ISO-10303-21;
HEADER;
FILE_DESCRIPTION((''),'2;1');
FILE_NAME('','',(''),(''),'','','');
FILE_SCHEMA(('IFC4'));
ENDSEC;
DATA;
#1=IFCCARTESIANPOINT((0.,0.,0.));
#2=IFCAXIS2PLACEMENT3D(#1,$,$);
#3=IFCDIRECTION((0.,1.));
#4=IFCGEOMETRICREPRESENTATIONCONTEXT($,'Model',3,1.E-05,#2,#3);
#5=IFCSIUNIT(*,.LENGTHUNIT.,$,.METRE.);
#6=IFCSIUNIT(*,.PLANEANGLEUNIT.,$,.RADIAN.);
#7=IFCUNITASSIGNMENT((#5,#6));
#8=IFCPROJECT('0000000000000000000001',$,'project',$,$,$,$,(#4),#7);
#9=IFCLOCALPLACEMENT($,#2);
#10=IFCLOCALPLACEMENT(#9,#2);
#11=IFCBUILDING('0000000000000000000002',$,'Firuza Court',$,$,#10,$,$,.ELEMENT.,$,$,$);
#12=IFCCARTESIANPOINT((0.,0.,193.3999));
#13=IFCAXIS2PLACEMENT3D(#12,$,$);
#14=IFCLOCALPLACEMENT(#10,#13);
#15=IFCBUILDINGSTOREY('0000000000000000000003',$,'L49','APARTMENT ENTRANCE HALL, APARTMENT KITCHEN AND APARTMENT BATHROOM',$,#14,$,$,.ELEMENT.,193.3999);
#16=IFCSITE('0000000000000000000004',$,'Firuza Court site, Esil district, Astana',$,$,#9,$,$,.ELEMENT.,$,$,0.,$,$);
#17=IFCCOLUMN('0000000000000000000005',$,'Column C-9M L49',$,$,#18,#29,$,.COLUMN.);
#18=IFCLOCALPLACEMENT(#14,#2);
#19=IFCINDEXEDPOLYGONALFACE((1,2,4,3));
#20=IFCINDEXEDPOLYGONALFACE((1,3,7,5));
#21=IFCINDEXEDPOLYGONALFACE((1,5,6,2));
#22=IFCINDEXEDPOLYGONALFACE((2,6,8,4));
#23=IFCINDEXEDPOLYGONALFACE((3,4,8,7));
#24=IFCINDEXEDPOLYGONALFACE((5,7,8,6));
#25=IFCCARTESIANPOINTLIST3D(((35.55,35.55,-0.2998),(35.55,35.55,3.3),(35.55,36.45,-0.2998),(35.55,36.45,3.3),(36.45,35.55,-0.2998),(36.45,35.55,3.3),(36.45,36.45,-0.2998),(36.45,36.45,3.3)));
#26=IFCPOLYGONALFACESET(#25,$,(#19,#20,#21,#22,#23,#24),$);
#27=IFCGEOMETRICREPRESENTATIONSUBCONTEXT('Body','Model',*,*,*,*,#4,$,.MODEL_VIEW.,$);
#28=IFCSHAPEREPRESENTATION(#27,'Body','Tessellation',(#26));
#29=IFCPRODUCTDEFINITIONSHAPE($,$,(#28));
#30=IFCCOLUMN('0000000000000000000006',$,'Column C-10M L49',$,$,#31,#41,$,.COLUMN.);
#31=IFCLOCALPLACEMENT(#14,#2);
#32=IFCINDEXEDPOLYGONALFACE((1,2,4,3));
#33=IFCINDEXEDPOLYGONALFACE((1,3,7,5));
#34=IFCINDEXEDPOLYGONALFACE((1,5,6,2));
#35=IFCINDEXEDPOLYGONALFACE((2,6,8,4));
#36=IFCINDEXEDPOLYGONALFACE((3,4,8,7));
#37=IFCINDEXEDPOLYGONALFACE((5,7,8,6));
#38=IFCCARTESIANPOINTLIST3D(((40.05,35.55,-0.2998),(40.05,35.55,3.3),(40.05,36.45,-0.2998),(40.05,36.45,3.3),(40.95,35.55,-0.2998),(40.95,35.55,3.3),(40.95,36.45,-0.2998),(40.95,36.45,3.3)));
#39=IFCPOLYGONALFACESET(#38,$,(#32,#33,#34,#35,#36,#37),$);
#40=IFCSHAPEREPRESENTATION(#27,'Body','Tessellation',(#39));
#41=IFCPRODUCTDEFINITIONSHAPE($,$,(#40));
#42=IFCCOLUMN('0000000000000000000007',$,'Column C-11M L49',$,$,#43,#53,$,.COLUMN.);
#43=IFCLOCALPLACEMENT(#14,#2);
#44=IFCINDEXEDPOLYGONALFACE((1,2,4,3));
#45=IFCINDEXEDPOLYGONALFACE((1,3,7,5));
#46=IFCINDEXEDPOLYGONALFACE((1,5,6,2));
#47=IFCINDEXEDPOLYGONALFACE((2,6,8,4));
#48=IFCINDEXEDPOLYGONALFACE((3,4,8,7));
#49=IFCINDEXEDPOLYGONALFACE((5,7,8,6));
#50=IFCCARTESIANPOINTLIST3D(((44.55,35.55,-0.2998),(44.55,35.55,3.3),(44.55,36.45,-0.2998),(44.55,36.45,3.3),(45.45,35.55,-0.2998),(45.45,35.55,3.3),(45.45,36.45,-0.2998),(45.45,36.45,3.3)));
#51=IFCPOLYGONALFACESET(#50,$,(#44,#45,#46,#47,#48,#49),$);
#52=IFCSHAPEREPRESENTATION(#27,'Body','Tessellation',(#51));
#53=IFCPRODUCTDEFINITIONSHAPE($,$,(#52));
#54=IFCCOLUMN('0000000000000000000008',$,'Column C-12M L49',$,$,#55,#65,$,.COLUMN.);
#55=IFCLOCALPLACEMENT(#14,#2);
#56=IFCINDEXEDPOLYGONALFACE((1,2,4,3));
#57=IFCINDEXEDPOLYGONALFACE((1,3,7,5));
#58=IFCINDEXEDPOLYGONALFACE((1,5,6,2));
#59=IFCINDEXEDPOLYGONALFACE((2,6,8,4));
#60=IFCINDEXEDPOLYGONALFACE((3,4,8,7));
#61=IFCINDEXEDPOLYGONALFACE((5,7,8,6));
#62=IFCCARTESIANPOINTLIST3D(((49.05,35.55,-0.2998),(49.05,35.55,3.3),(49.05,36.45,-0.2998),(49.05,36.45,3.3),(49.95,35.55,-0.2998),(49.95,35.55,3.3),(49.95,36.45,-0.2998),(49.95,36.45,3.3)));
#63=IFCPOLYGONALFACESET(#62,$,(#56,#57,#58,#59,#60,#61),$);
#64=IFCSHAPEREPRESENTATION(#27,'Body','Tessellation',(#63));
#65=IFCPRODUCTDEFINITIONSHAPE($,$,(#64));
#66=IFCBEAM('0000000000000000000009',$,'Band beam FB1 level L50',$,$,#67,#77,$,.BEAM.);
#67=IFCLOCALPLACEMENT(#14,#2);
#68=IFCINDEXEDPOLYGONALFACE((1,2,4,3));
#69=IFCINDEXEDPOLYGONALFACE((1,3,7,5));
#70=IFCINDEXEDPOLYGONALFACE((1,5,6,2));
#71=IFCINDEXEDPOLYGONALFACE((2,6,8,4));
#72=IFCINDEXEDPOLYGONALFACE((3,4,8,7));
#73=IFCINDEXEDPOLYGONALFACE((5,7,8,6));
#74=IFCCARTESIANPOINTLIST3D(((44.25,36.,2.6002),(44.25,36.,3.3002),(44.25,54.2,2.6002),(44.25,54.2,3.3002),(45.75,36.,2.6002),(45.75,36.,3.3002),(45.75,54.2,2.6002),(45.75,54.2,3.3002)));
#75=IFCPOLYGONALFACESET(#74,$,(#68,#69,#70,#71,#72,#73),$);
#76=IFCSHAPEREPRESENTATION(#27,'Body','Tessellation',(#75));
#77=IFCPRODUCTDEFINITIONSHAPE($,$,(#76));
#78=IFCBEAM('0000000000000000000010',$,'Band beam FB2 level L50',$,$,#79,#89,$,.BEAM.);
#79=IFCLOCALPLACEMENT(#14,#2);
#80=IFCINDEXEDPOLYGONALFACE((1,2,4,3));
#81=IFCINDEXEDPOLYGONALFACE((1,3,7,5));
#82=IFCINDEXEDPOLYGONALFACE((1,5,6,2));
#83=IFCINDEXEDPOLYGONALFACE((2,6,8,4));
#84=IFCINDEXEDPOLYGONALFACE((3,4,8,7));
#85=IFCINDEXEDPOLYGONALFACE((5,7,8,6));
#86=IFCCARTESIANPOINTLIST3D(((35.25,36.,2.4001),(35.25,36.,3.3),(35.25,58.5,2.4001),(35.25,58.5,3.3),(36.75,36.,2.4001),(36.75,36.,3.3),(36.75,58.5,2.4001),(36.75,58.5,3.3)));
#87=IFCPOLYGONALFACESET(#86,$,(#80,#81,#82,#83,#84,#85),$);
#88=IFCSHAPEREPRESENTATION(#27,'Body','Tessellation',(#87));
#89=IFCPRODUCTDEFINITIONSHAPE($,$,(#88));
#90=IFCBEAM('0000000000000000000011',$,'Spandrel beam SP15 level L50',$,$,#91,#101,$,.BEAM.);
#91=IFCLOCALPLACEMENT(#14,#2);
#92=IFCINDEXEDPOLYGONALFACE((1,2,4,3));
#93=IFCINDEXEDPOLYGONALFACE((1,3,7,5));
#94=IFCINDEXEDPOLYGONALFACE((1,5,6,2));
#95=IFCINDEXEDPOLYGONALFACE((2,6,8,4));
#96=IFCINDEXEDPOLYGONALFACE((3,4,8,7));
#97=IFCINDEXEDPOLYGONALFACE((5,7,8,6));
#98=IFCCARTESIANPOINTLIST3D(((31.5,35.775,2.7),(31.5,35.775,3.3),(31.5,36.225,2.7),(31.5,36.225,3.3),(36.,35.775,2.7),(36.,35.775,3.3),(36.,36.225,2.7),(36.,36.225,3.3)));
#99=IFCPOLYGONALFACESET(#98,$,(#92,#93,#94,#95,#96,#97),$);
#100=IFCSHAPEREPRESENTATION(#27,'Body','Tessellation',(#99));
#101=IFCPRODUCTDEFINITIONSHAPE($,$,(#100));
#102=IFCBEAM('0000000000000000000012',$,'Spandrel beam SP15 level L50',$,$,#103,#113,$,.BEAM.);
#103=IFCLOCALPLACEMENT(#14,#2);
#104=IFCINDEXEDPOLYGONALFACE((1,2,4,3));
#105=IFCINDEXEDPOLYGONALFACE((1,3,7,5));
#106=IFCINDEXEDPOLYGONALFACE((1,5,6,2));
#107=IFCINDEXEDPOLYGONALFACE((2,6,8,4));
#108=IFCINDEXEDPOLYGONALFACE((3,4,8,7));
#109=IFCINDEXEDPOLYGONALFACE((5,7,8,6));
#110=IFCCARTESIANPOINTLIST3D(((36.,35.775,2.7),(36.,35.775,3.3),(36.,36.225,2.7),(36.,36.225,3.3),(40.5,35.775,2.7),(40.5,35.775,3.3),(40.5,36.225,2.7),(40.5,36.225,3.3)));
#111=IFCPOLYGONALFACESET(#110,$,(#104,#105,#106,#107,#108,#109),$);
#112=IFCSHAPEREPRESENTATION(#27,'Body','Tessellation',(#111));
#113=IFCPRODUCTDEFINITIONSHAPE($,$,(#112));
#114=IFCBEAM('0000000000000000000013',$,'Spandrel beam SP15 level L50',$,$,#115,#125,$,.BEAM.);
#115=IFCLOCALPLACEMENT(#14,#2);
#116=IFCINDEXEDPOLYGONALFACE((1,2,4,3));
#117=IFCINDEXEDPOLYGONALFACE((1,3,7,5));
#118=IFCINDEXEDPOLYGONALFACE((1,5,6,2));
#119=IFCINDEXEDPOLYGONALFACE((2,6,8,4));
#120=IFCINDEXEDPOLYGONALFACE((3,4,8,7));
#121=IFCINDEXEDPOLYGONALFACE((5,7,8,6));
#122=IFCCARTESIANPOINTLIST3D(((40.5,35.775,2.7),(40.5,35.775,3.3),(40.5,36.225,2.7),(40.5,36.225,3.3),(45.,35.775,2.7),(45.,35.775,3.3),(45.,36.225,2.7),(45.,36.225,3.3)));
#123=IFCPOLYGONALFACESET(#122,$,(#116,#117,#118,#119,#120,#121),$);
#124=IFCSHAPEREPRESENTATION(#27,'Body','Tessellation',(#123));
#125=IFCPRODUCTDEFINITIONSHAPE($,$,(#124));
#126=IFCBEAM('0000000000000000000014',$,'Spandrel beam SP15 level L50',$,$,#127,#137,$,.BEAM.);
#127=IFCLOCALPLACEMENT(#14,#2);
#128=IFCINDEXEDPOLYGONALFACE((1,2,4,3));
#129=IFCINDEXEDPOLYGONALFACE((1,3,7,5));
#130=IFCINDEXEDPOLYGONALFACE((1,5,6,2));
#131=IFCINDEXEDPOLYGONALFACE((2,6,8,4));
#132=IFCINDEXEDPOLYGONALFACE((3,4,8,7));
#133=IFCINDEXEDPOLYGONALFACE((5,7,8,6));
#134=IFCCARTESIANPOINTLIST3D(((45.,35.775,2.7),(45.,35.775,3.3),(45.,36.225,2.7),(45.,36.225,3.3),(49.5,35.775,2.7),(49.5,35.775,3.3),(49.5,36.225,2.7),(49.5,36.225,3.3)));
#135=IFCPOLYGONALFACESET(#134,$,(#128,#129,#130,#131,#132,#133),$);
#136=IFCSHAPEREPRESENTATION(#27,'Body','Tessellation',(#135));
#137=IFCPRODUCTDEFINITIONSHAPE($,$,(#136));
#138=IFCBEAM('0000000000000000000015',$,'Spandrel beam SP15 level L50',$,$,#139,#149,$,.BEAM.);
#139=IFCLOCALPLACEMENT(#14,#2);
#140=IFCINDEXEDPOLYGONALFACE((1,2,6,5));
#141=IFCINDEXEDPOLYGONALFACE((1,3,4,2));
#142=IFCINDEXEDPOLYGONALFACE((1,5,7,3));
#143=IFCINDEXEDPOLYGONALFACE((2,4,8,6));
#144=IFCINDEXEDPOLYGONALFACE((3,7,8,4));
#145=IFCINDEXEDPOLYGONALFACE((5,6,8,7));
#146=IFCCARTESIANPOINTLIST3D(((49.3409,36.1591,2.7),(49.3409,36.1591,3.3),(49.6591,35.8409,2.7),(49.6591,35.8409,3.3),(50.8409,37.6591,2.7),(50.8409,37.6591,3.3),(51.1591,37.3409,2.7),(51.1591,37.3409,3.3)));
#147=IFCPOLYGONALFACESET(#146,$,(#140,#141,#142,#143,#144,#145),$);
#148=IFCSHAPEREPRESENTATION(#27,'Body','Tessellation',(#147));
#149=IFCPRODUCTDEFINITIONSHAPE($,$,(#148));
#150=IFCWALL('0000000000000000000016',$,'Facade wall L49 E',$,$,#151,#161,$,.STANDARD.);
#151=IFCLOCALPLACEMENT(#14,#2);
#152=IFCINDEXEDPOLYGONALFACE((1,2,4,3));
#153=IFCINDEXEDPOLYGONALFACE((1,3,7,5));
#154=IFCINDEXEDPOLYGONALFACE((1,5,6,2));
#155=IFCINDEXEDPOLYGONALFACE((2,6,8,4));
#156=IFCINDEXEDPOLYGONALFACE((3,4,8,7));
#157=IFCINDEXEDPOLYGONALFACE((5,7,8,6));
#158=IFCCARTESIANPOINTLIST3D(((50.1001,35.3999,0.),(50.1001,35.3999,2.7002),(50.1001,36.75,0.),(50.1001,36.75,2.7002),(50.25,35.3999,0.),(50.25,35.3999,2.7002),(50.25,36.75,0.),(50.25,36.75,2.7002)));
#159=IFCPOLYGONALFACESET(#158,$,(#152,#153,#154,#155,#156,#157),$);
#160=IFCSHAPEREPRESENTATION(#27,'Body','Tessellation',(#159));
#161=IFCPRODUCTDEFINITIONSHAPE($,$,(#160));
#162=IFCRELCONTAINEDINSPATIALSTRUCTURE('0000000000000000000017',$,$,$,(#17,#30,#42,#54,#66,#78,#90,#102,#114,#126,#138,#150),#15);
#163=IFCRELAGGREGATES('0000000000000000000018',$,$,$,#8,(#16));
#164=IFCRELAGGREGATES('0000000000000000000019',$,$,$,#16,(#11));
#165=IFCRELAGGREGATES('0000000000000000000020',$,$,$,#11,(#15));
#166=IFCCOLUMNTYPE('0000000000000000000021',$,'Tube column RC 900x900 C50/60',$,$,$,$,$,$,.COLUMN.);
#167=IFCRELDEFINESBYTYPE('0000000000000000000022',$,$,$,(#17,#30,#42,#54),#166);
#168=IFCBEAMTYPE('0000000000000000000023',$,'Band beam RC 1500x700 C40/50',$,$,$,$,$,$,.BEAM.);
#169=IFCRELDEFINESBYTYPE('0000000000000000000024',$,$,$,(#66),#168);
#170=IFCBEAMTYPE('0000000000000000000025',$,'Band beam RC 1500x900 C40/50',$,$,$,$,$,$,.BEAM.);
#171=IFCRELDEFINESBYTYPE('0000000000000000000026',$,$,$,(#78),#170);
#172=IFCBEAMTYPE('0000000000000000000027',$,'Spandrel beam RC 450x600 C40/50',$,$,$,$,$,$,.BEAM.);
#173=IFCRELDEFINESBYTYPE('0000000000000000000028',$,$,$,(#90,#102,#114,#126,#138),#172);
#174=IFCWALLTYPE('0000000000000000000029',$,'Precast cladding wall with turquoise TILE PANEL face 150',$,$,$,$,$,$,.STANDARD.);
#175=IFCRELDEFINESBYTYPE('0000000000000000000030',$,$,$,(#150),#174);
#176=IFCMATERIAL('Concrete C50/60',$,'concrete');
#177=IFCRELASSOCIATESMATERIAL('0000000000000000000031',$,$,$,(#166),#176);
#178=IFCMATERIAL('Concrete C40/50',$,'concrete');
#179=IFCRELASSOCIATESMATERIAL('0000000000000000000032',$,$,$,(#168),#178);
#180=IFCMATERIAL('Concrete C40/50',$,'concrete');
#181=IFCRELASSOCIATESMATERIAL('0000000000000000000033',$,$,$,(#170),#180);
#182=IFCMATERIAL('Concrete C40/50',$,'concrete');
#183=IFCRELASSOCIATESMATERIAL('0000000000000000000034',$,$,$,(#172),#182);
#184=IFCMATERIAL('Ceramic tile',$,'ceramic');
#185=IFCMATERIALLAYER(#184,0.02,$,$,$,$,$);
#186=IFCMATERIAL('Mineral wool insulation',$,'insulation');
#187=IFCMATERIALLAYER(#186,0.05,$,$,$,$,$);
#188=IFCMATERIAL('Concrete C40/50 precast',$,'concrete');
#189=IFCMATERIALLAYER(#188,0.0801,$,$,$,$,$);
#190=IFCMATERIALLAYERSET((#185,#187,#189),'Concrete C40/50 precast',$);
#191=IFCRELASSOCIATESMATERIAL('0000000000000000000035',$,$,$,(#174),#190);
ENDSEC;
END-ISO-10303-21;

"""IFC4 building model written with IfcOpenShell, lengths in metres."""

from ifc_helpers import new_model, si_unit, direction, frame, frame_2d, origin, origin_2d, place, context, subcontext, project, spatial, rectangle, extrude, material, layer, layer_set, material_profile, profile_set, type_object, element, save


model = new_model("IFC4")

# Units and contexts
model_context = context("Model", 3, precision=1e-05, world=origin(), true_north=direction((0.0, 1.0)))
body_context = subcontext(model_context, "Body", "Model", "MODEL_VIEW")
ifc_project = project(units=[si_unit("LENGTHUNIT", "METRE"), si_unit("PLANEANGLEUNIT", "RADIAN")], contexts=[model_context])

# Site, building, storey
site_placement = place(None, origin())
site = spatial("IfcSite", under=ifc_project, at=site_placement, Name="Firuza Court site, Esil district, Astana", CompositionType="ELEMENT", RefElevation=0.0)
building_placement = place(site_placement, origin())
building = spatial("IfcBuilding", under=site, at=building_placement, Name="Firuza Court", CompositionType="ELEMENT")
storey_placement = place(building_placement, frame((0.0, 0.0, 193.3999)))
storey = spatial("IfcBuildingStorey", under=building, at=storey_placement, Name="L49", Description="APARTMENT ENTRANCE HALL, APARTMENT KITCHEN AND APARTMENT BATHROOM", CompositionType="ELEMENT", Elevation=193.3999)

# Columns
ifc_material_1 = material(Name="Concrete C50/60", Category="concrete")
ifc_material_profile_1 = material_profile(ifc_material_1, rectangle(XDim=0.8999, YDim=0.8999, at=origin_2d()), Name="RC 900x900")
ifc_profile_set_1 = profile_set([ifc_material_profile_1], Name="Concrete C50/60")
column_type = type_object("IfcColumnType", Name="Tube column RC 900x900 C50/60", PredefinedType="COLUMN", material=ifc_profile_set_1)
for number, where, z_axis, x_axis, name in (
    (1, (36.0, 36.0, -0.2998), (0.0, 0.0, 1.0), (1.0, 0.0, 0.0), "Column C-9M L49"),
    (2, (40.5, 36.0, -0.2998), (0.0, 0.0, 1.0), (1.0, 0.0, 0.0), "Column C-10M L49"),
    (3, (45.0, 36.0, -0.2998), (0.0, 0.0, 1.0), (1.0, 0.0, 0.0), "Column C-11M L49"),
    (4, (49.5, 36.0, -0.2998), (0.0, 0.0, 1.0), (1.0, 0.0, 0.0), "Column C-12M L49"),
):
    element("IfcColumn", number, at=place(storey_placement, frame(where, z_axis=z_axis, x_axis=x_axis)), inside=storey, type_object=column_type, Name=name, PredefinedType="COLUMN", context=body_context, shape_type="SweptSolid", body=[
        extrude(rectangle(XDim=0.8999, YDim=0.8999, at=origin_2d()), origin(), (0.0, 0.0, 1.0), 3.5999),
    ])

# Beams
ifc_material_2 = material(Name="Concrete C40/50", Category="concrete")
ifc_material_profile_2 = material_profile(ifc_material_2, rectangle(XDim=1.5, YDim=0.7, at=origin_2d()), Name="RC 1500x700")
ifc_profile_set_2 = profile_set([ifc_material_profile_2], Name="Concrete C40/50")
beam_type_1 = type_object("IfcBeamType", Name="Band beam RC 1500x700 C40/50", PredefinedType="BEAM", material=ifc_profile_set_2)
beam_1_placement = place(storey_placement, frame((45.0, 36.0, 2.9502), z_axis=(0.0, 1.0, 0.0), x_axis=(-1.0, 0.0, 0.0)))
element("IfcBeam", 5, at=beam_1_placement, inside=storey, type_object=beam_type_1, Name="Band beam FB1 level L50", PredefinedType="BEAM", context=body_context, shape_type="SweptSolid", body=[
    extrude(rectangle(XDim=1.5, YDim=0.7, at=origin_2d()), origin(), (0.0, 0.0, 1.0), 18.2),
])
ifc_material_3 = material(Name="Concrete C40/50", Category="concrete")
ifc_material_profile_3 = material_profile(ifc_material_3, rectangle(XDim=1.5, YDim=0.8999, at=origin_2d()), Name="RC 1500x900")
ifc_profile_set_3 = profile_set([ifc_material_profile_3], Name="Concrete C40/50")
beam_type_2 = type_object("IfcBeamType", Name="Band beam RC 1500x900 C40/50", PredefinedType="BEAM", material=ifc_profile_set_3)
beam_2_placement = place(storey_placement, frame((36.0, 36.0, 2.8501), z_axis=(0.0, 1.0, 0.0), x_axis=(-1.0, 0.0, 0.0)))
element("IfcBeam", 6, at=beam_2_placement, inside=storey, type_object=beam_type_2, Name="Band beam FB2 level L50", PredefinedType="BEAM", context=body_context, shape_type="SweptSolid", body=[
    extrude(rectangle(XDim=1.5, YDim=0.8999, at=origin_2d()), origin(), (0.0, 0.0, 1.0), 22.5),
])
ifc_material_4 = material(Name="Concrete C40/50", Category="concrete")
ifc_material_profile_4 = material_profile(ifc_material_4, rectangle(XDim=0.45, YDim=0.6001, at=origin_2d()), Name="RC 450x600")
ifc_profile_set_4 = profile_set([ifc_material_profile_4], Name="Concrete C40/50")
beam_type_3 = type_object("IfcBeamType", Name="Spandrel beam RC 450x600 C40/50", PredefinedType="BEAM", material=ifc_profile_set_4)
for number, where, z_axis, x_axis, name in (
    (7, (31.5, 36.0, 3.0), (1.0, 0.0, 0.0), (0.0, 1.0, 0.0), "Spandrel beam SP15 level L50"),
    (8, (36.0, 36.0, 3.0), (1.0, 0.0, 0.0), (0.0, 1.0, 0.0), "Spandrel beam SP15 level L50"),
    (9, (40.5, 36.0, 3.0), (1.0, 0.0, 0.0), (0.0, 1.0, 0.0), "Spandrel beam SP15 level L50"),
    (10, (45.0, 36.0, 3.0), (1.0, 0.0, 0.0), (0.0, 1.0, 0.0), "Spandrel beam SP15 level L50"),
):
    element("IfcBeam", number, at=place(storey_placement, frame(where, z_axis=z_axis, x_axis=x_axis)), inside=storey, type_object=beam_type_3, Name=name, PredefinedType="BEAM", context=body_context, shape_type="SweptSolid", body=[
        extrude(rectangle(XDim=0.45, YDim=0.6001, at=origin_2d()), origin(), (0.0, 0.0, 1.0), 4.5),
    ])
beam_3_placement = place(storey_placement, frame((49.5, 36.0, 3.0), z_axis=(0.707107, 0.707107, 0.0), x_axis=(-0.707107, 0.707107, 0.0)))
element("IfcBeam", 11, at=beam_3_placement, inside=storey, type_object=beam_type_3, Name="Spandrel beam SP15 level L50", PredefinedType="BEAM", context=body_context, shape_type="SweptSolid", body=[
    extrude(rectangle(XDim=0.45, YDim=0.6001, at=origin_2d()), origin(), (0.0, 0.0, 1.0), 2.1213),
])

# Wall
ifc_material_5 = material(Name="Ceramic tile", Category="ceramic")
ifc_layer_1 = layer(ifc_material_5, 0.02)
ifc_material_6 = material(Name="Mineral wool insulation", Category="insulation")
ifc_layer_2 = layer(ifc_material_6, 0.05)
ifc_material_7 = material(Name="Concrete C40/50 precast", Category="concrete")
ifc_layer_3 = layer(ifc_material_7, 0.0801)
ifc_layer_set = layer_set([ifc_layer_1, ifc_layer_2, ifc_layer_3], Name="Concrete C40/50 precast")
wall_type = type_object("IfcWallType", Name="Precast cladding wall with turquoise TILE PANEL face 150", PredefinedType="STANDARD", material=ifc_layer_set)
wall_placement = place(storey_placement, frame((50.175, 35.3999, 0.0), z_axis=(0.0, 0.0, 1.0), x_axis=(0.0, 1.0, 0.0)))
element("IfcWall", 12, at=wall_placement, inside=storey, type_object=wall_type, Name="Facade wall L49 E", PredefinedType="STANDARD", context=body_context, shape_type="SweptSolid", body=[
    extrude(rectangle(XDim=1.3501, YDim=0.1499, at=frame_2d((0.675, 0.0))), origin(), (0.0, 0.0, 1.0), 2.7002),
])

save(model, "model.ifc")
